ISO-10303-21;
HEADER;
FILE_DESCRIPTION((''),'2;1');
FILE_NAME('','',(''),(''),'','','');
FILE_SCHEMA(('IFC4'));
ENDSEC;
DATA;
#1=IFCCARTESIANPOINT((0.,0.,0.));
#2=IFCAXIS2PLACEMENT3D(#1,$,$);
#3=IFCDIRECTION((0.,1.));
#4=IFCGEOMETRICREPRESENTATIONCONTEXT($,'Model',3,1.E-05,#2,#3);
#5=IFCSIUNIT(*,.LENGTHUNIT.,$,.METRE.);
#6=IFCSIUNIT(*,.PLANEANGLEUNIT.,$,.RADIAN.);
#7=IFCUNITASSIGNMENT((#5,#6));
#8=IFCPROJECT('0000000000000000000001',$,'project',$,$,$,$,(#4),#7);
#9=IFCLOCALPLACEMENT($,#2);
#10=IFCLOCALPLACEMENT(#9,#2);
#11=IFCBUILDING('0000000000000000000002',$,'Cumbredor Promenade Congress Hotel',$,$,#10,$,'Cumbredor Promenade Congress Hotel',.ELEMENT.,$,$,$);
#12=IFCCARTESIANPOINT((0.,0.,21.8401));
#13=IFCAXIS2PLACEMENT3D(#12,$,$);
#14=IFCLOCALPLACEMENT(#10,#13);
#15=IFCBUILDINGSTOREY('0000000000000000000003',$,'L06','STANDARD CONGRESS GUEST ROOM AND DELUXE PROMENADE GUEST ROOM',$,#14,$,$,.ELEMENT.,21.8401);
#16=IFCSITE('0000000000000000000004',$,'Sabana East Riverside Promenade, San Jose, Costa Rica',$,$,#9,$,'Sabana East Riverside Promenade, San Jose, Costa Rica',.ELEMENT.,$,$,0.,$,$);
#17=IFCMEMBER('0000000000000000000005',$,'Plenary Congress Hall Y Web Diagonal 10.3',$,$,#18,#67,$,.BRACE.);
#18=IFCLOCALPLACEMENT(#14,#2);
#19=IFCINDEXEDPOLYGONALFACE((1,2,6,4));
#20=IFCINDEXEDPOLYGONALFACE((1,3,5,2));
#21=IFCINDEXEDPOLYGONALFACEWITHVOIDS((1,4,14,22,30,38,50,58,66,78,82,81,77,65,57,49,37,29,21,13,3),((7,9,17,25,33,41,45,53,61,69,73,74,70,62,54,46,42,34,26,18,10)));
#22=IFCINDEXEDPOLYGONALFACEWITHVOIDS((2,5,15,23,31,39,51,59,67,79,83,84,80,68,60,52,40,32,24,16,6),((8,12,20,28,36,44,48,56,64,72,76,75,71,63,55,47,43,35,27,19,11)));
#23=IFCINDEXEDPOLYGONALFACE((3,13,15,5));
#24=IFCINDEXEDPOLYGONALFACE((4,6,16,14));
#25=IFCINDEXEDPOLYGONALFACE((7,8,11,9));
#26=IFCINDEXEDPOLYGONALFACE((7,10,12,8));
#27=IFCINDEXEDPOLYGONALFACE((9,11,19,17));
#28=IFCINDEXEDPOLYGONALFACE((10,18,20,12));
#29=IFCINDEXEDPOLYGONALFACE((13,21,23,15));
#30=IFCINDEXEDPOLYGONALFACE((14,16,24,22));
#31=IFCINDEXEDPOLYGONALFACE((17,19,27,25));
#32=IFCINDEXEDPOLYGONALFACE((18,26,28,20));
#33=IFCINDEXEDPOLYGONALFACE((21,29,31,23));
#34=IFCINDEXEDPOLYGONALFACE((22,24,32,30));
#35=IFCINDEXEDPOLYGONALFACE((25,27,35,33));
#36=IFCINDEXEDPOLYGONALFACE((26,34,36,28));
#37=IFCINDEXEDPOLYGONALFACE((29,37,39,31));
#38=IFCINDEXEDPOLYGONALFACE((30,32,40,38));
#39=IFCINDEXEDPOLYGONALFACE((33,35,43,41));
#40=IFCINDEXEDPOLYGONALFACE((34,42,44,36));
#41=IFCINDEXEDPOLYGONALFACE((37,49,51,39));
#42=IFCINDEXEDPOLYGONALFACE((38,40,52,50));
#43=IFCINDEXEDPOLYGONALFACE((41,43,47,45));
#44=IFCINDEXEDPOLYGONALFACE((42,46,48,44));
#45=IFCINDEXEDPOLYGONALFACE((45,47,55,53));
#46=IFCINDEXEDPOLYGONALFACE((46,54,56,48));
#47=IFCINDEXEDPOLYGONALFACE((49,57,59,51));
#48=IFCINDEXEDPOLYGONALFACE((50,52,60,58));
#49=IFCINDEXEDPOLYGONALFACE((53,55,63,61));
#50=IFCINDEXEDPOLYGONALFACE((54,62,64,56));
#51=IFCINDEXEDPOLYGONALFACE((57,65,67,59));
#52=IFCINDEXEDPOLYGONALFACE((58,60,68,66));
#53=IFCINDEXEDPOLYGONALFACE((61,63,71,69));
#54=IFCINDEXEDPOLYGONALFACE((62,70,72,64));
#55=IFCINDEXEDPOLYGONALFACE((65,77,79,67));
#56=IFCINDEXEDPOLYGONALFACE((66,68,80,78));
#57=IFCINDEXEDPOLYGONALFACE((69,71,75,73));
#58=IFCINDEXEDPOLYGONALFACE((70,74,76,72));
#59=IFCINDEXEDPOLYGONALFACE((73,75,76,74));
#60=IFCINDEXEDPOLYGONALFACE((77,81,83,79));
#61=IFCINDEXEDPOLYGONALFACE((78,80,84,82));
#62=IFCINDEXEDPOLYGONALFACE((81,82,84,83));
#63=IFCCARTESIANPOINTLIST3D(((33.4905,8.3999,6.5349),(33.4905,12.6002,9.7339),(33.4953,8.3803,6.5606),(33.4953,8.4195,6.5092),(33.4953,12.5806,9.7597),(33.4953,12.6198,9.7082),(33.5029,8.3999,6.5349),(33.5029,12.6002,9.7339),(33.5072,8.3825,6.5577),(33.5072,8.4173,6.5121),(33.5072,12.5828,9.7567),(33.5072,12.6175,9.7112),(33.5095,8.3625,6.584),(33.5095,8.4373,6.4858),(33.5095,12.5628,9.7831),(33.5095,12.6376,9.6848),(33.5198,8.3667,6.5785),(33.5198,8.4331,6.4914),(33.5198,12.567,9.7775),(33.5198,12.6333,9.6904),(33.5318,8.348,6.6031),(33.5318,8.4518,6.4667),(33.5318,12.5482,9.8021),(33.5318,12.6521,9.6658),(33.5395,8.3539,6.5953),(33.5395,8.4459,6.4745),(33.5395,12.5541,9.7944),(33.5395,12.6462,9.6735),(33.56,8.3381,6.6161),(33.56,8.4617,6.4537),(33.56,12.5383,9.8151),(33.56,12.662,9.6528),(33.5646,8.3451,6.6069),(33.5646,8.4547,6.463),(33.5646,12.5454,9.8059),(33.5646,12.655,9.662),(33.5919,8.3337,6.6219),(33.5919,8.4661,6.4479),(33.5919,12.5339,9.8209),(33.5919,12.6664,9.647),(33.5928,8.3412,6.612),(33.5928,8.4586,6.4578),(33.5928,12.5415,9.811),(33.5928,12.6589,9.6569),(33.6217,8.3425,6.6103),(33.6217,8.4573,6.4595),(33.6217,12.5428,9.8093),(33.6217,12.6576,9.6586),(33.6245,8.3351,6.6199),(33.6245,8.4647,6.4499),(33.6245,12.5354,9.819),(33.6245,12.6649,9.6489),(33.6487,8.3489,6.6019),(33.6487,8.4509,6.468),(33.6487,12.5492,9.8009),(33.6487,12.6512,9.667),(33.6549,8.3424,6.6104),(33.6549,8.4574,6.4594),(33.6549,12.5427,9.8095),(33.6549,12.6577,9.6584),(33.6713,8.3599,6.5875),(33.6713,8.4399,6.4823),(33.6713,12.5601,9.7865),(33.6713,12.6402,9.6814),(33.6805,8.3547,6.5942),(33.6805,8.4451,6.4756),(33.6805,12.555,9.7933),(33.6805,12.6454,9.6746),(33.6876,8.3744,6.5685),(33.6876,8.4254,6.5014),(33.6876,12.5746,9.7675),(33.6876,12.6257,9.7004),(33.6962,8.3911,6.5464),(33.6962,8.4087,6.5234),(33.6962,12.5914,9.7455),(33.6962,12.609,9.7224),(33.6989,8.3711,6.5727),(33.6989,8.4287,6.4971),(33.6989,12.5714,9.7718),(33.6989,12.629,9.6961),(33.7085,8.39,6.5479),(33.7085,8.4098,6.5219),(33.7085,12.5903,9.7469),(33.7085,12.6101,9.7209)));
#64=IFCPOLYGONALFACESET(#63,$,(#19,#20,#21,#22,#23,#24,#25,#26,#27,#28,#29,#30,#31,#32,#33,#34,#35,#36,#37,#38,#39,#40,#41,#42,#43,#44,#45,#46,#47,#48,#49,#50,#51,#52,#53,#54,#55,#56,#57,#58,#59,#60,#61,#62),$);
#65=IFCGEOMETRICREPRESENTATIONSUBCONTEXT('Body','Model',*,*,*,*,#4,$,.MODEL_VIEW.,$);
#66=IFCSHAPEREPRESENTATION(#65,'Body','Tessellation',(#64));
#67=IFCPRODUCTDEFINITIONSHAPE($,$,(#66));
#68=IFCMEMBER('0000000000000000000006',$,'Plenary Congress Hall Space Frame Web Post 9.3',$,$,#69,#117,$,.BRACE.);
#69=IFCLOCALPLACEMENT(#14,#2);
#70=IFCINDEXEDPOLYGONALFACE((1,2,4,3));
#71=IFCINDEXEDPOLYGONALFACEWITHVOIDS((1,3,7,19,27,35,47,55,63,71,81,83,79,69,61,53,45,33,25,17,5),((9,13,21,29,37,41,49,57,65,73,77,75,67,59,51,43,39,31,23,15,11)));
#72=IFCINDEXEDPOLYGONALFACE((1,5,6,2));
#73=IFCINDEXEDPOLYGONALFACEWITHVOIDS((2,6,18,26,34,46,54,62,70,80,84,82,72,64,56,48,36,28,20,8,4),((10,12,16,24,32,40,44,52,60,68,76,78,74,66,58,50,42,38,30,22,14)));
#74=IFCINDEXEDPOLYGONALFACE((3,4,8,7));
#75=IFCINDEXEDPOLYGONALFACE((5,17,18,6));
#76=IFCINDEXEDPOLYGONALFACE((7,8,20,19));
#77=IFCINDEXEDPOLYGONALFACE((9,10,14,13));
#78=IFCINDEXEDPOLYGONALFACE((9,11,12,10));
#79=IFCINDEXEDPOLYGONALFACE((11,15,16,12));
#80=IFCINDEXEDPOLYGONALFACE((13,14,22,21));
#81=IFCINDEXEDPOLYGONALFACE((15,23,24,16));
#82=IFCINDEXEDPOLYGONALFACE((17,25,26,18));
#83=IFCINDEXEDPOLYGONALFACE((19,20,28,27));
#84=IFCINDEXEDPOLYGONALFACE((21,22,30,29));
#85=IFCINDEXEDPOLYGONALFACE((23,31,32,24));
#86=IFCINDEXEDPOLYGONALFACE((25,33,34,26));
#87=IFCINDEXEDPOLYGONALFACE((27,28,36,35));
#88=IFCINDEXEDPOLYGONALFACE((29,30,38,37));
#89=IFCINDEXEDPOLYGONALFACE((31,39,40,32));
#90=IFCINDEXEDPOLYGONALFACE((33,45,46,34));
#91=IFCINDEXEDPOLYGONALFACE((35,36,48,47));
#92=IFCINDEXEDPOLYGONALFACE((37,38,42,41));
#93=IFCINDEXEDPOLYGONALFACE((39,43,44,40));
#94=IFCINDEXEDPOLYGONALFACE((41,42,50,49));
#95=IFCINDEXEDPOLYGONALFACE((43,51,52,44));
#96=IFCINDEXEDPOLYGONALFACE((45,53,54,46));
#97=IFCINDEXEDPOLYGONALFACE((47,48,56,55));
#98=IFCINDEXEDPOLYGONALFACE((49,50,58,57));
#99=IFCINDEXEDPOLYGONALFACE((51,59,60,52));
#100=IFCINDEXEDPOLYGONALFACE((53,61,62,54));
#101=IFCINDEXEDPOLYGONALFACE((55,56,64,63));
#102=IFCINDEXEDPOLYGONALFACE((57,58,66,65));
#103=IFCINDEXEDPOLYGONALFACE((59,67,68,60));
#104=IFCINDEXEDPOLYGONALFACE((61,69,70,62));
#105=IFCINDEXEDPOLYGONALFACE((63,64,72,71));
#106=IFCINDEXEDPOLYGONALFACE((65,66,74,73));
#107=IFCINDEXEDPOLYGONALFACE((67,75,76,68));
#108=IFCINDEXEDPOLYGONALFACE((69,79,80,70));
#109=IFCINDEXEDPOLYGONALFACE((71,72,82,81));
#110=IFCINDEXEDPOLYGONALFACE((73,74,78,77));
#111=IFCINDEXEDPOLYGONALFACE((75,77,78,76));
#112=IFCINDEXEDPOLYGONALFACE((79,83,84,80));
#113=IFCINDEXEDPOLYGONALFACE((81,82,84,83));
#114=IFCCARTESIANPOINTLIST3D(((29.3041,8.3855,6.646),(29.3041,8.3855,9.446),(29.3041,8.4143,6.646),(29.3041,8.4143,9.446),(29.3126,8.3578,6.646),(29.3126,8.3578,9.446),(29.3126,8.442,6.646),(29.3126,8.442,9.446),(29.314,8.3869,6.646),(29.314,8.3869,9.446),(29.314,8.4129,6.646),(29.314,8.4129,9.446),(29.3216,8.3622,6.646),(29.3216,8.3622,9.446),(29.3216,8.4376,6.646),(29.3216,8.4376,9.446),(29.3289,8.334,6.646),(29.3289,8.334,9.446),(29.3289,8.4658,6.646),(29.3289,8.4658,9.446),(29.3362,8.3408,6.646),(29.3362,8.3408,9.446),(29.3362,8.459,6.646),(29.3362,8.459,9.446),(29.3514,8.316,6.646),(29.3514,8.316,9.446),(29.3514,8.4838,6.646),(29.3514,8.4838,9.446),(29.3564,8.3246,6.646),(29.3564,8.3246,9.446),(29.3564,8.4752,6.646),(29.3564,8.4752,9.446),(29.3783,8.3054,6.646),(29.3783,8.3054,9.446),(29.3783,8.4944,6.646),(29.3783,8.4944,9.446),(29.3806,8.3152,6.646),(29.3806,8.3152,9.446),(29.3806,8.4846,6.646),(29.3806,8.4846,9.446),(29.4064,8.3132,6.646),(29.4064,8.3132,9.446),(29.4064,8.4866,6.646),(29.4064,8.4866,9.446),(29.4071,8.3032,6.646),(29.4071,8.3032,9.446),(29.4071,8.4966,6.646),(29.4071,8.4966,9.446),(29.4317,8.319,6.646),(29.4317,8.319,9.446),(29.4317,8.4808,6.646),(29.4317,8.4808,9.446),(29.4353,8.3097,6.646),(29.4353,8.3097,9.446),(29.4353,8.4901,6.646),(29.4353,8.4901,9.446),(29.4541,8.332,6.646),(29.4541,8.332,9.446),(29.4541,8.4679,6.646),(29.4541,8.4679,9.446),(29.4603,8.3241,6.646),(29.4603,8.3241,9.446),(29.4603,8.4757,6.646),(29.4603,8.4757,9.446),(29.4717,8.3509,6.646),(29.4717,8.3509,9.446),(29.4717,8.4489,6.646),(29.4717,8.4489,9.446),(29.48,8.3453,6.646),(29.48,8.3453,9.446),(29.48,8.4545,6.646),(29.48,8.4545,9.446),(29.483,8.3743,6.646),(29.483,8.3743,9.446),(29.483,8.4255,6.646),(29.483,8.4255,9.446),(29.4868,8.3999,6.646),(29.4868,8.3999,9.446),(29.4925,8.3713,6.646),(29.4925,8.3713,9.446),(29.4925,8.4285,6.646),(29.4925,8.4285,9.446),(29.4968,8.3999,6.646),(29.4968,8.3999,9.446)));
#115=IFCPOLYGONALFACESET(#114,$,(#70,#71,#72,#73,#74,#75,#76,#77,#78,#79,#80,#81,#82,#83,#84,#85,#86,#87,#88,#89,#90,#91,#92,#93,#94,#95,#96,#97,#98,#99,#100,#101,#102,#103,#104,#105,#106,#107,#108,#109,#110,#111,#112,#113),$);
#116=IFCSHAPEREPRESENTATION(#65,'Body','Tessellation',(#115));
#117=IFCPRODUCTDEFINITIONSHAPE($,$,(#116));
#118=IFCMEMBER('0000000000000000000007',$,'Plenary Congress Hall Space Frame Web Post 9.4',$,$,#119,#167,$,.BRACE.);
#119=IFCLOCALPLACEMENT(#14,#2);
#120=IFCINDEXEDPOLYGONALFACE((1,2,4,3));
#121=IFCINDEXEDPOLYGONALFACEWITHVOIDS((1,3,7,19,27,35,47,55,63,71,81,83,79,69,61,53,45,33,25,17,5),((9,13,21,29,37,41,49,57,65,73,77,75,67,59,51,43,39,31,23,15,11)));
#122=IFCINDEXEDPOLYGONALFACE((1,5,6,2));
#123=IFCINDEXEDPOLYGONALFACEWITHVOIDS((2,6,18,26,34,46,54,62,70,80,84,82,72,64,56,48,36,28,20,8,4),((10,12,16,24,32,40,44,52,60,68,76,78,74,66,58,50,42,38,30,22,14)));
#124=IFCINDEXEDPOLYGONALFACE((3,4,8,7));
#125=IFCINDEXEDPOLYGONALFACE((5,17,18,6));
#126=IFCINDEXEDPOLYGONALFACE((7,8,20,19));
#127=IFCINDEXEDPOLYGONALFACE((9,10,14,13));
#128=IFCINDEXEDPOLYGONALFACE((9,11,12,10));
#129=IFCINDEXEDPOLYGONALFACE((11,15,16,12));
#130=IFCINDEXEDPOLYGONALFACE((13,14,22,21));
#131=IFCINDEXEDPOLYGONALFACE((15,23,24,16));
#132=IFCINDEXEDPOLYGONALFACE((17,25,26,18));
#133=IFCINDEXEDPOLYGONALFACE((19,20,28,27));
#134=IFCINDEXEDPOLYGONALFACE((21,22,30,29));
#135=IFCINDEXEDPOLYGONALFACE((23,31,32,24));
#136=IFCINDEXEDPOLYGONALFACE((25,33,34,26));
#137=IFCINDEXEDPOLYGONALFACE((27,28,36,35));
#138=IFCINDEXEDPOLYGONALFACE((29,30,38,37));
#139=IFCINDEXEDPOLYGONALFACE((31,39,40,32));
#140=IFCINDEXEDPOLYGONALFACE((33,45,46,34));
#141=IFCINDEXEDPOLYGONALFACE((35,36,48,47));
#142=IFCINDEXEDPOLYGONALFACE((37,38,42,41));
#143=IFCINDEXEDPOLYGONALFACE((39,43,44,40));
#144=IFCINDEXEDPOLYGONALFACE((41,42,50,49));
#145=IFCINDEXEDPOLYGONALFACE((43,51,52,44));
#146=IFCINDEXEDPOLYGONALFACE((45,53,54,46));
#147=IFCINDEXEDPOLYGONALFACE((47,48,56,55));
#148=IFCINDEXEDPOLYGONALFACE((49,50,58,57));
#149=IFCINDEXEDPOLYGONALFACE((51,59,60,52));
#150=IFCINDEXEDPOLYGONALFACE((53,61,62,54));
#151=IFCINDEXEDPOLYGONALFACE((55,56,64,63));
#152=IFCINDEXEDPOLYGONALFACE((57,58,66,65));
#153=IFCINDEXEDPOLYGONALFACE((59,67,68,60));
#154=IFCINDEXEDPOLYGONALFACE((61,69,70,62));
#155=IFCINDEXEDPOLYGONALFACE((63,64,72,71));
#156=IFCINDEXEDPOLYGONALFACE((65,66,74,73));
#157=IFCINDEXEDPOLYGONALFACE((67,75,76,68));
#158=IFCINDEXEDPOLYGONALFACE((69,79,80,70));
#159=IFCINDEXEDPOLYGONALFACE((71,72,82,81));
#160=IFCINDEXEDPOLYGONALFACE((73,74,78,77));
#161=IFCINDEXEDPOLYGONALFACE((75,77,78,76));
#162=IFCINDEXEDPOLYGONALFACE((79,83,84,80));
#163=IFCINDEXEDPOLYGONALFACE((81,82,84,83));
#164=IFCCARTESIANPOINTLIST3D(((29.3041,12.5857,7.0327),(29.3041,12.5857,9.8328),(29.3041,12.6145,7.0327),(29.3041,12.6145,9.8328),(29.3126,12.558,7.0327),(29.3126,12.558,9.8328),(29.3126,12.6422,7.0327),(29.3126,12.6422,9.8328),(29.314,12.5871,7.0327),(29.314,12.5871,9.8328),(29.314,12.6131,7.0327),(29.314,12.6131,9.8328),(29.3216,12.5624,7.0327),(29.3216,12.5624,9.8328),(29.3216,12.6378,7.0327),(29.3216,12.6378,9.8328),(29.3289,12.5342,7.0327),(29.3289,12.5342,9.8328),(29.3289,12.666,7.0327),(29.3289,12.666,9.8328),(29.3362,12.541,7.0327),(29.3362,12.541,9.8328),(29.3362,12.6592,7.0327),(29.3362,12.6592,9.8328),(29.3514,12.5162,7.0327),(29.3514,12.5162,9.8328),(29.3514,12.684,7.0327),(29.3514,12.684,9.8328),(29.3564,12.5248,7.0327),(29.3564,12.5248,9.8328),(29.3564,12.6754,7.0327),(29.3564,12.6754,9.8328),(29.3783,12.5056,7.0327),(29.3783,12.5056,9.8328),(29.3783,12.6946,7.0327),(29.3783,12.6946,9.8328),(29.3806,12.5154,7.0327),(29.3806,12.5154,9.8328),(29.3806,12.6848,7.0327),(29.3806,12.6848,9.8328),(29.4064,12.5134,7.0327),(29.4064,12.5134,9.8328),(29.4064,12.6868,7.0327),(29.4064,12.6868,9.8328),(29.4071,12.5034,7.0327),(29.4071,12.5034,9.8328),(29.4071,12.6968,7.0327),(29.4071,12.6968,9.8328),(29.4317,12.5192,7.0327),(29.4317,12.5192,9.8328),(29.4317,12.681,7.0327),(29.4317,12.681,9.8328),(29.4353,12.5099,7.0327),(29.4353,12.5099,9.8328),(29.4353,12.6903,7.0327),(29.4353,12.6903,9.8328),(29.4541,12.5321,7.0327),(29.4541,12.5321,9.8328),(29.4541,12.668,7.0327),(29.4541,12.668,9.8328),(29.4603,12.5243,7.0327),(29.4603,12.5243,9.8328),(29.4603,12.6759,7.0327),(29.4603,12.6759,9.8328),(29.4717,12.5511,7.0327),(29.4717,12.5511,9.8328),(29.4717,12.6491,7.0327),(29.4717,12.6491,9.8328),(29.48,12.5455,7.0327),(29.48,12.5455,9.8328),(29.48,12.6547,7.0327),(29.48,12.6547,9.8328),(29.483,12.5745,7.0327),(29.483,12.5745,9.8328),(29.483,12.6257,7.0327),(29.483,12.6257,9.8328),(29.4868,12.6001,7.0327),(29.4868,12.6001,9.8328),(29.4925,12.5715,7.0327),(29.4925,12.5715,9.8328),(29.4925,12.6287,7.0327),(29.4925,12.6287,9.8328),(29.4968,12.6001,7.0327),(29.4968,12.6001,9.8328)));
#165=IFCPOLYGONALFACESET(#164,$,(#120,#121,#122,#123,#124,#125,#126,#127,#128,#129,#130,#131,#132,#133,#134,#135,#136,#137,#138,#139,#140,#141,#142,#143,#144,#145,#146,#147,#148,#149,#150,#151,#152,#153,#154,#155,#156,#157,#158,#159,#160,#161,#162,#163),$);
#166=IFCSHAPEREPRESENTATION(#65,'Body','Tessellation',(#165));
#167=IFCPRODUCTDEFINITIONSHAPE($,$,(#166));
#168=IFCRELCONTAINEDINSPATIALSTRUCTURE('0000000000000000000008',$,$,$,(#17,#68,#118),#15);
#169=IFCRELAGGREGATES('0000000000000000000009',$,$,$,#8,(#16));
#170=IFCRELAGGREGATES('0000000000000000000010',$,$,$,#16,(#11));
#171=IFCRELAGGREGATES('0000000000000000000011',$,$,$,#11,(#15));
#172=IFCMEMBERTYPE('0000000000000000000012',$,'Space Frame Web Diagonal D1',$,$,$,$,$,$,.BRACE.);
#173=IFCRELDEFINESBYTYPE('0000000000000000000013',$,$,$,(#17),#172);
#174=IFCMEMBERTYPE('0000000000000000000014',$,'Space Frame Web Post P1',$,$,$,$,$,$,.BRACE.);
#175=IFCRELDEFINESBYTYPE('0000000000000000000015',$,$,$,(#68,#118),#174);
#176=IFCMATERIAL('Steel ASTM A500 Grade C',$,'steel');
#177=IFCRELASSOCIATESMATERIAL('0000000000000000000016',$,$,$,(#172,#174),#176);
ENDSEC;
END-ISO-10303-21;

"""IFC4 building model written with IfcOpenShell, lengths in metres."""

from ifc_helpers import new_model, si_unit, direction, frame, origin, origin_2d, place, context, subcontext, project, spatial, hollow_circle, extrude, material, material_profile, profile_set, type_object, element, save


model = new_model("IFC4")

# Units and contexts
model_context = context("Model", 3, precision=1e-05, world=origin(), true_north=direction((0.0, 1.0)))
body_context = subcontext(model_context, "Body", "Model", "MODEL_VIEW")
ifc_project = project(units=[si_unit("LENGTHUNIT", "METRE"), si_unit("PLANEANGLEUNIT", "RADIAN")], contexts=[model_context])

# Site, building, storey
site_placement = place(None, origin())
site = spatial("IfcSite", under=ifc_project, at=site_placement, Name="Sabana East Riverside Promenade, San Jose, Costa Rica", LongName="Sabana East Riverside Promenade, San Jose, Costa Rica", CompositionType="ELEMENT", RefElevation=0.0)
building_placement = place(site_placement, origin())
building = spatial("IfcBuilding", under=site, at=building_placement, Name="Cumbredor Promenade Congress Hotel", LongName="Cumbredor Promenade Congress Hotel", CompositionType="ELEMENT")
storey_placement = place(building_placement, frame((0.0, 0.0, 21.8401)))
storey = spatial("IfcBuildingStorey", under=building, at=storey_placement, Name="L06", Description="STANDARD CONGRESS GUEST ROOM AND DELUXE PROMENADE GUEST ROOM", CompositionType="ELEMENT", Elevation=21.8401)

# Members
ifc_material_1 = material(Name="Steel ASTM A500 Grade C", Category="steel")
ifc_material_profile_1 = material_profile(ifc_material_1, hollow_circle(Radius=0.1096, WallThickness=0.0125, at=origin_2d()), Name="CHS 219.1x12.5")
ifc_profile_set_1 = profile_set([ifc_material_profile_1], Name="Steel ASTM A500 Grade C")
member_type_1 = type_object("IfcMemberType", Name="Space Frame Web Diagonal D1", PredefinedType="BRACE", material=ifc_profile_set_1)
member_1_placement = place(storey_placement, frame((33.6001, 8.3999, 6.5349), z_axis=(0.0, 0.795539, 0.605902), x_axis=(-1.0, 0.0, 0.0)))
element("IfcMember", 1, at=member_1_placement, inside=storey, type_object=member_type_1, Name="Plenary Congress Hall Y Web Diagonal 10.3", PredefinedType="BRACE", context=body_context, shape_type="SweptSolid", body=[
    extrude(hollow_circle(Radius=0.1096, WallThickness=0.0125, at=origin_2d()), origin(), (0.0, 0.0, 1.0), 5.2798),
])
ifc_material_profile_2 = material_profile(ifc_material_1, hollow_circle(Radius=0.0969, WallThickness=0.01, at=origin_2d()), Name="CHS 193.7x10")
ifc_profile_set_2 = profile_set([ifc_material_profile_2], Name="Steel ASTM A500 Grade C")
member_type_2 = type_object("IfcMemberType", Name="Space Frame Web Post P1", PredefinedType="BRACE", material=ifc_profile_set_2)
for number, where, z_axis, x_axis, name in (
    (2, (29.3999, 8.3999, 6.646), (0.0, 0.0, 1.0), (1.0, 0.0, 0.0), "Plenary Congress Hall Space Frame Web Post 9.3"),
    (3, (29.3999, 12.6001, 7.0327), (0.0, 0.0, 1.0), (1.0, 0.0, 0.0), "Plenary Congress Hall Space Frame Web Post 9.4"),
):
    element("IfcMember", number, at=place(storey_placement, frame(where, z_axis=z_axis, x_axis=x_axis)), inside=storey, type_object=member_type_2, Name=name, PredefinedType="BRACE", context=body_context, shape_type="SweptSolid", body=[
        extrude(hollow_circle(Radius=0.0969, WallThickness=0.01, at=origin_2d()), origin(), (0.0, 0.0, 1.0), 2.8),
    ])

save(model, "model.ifc")
